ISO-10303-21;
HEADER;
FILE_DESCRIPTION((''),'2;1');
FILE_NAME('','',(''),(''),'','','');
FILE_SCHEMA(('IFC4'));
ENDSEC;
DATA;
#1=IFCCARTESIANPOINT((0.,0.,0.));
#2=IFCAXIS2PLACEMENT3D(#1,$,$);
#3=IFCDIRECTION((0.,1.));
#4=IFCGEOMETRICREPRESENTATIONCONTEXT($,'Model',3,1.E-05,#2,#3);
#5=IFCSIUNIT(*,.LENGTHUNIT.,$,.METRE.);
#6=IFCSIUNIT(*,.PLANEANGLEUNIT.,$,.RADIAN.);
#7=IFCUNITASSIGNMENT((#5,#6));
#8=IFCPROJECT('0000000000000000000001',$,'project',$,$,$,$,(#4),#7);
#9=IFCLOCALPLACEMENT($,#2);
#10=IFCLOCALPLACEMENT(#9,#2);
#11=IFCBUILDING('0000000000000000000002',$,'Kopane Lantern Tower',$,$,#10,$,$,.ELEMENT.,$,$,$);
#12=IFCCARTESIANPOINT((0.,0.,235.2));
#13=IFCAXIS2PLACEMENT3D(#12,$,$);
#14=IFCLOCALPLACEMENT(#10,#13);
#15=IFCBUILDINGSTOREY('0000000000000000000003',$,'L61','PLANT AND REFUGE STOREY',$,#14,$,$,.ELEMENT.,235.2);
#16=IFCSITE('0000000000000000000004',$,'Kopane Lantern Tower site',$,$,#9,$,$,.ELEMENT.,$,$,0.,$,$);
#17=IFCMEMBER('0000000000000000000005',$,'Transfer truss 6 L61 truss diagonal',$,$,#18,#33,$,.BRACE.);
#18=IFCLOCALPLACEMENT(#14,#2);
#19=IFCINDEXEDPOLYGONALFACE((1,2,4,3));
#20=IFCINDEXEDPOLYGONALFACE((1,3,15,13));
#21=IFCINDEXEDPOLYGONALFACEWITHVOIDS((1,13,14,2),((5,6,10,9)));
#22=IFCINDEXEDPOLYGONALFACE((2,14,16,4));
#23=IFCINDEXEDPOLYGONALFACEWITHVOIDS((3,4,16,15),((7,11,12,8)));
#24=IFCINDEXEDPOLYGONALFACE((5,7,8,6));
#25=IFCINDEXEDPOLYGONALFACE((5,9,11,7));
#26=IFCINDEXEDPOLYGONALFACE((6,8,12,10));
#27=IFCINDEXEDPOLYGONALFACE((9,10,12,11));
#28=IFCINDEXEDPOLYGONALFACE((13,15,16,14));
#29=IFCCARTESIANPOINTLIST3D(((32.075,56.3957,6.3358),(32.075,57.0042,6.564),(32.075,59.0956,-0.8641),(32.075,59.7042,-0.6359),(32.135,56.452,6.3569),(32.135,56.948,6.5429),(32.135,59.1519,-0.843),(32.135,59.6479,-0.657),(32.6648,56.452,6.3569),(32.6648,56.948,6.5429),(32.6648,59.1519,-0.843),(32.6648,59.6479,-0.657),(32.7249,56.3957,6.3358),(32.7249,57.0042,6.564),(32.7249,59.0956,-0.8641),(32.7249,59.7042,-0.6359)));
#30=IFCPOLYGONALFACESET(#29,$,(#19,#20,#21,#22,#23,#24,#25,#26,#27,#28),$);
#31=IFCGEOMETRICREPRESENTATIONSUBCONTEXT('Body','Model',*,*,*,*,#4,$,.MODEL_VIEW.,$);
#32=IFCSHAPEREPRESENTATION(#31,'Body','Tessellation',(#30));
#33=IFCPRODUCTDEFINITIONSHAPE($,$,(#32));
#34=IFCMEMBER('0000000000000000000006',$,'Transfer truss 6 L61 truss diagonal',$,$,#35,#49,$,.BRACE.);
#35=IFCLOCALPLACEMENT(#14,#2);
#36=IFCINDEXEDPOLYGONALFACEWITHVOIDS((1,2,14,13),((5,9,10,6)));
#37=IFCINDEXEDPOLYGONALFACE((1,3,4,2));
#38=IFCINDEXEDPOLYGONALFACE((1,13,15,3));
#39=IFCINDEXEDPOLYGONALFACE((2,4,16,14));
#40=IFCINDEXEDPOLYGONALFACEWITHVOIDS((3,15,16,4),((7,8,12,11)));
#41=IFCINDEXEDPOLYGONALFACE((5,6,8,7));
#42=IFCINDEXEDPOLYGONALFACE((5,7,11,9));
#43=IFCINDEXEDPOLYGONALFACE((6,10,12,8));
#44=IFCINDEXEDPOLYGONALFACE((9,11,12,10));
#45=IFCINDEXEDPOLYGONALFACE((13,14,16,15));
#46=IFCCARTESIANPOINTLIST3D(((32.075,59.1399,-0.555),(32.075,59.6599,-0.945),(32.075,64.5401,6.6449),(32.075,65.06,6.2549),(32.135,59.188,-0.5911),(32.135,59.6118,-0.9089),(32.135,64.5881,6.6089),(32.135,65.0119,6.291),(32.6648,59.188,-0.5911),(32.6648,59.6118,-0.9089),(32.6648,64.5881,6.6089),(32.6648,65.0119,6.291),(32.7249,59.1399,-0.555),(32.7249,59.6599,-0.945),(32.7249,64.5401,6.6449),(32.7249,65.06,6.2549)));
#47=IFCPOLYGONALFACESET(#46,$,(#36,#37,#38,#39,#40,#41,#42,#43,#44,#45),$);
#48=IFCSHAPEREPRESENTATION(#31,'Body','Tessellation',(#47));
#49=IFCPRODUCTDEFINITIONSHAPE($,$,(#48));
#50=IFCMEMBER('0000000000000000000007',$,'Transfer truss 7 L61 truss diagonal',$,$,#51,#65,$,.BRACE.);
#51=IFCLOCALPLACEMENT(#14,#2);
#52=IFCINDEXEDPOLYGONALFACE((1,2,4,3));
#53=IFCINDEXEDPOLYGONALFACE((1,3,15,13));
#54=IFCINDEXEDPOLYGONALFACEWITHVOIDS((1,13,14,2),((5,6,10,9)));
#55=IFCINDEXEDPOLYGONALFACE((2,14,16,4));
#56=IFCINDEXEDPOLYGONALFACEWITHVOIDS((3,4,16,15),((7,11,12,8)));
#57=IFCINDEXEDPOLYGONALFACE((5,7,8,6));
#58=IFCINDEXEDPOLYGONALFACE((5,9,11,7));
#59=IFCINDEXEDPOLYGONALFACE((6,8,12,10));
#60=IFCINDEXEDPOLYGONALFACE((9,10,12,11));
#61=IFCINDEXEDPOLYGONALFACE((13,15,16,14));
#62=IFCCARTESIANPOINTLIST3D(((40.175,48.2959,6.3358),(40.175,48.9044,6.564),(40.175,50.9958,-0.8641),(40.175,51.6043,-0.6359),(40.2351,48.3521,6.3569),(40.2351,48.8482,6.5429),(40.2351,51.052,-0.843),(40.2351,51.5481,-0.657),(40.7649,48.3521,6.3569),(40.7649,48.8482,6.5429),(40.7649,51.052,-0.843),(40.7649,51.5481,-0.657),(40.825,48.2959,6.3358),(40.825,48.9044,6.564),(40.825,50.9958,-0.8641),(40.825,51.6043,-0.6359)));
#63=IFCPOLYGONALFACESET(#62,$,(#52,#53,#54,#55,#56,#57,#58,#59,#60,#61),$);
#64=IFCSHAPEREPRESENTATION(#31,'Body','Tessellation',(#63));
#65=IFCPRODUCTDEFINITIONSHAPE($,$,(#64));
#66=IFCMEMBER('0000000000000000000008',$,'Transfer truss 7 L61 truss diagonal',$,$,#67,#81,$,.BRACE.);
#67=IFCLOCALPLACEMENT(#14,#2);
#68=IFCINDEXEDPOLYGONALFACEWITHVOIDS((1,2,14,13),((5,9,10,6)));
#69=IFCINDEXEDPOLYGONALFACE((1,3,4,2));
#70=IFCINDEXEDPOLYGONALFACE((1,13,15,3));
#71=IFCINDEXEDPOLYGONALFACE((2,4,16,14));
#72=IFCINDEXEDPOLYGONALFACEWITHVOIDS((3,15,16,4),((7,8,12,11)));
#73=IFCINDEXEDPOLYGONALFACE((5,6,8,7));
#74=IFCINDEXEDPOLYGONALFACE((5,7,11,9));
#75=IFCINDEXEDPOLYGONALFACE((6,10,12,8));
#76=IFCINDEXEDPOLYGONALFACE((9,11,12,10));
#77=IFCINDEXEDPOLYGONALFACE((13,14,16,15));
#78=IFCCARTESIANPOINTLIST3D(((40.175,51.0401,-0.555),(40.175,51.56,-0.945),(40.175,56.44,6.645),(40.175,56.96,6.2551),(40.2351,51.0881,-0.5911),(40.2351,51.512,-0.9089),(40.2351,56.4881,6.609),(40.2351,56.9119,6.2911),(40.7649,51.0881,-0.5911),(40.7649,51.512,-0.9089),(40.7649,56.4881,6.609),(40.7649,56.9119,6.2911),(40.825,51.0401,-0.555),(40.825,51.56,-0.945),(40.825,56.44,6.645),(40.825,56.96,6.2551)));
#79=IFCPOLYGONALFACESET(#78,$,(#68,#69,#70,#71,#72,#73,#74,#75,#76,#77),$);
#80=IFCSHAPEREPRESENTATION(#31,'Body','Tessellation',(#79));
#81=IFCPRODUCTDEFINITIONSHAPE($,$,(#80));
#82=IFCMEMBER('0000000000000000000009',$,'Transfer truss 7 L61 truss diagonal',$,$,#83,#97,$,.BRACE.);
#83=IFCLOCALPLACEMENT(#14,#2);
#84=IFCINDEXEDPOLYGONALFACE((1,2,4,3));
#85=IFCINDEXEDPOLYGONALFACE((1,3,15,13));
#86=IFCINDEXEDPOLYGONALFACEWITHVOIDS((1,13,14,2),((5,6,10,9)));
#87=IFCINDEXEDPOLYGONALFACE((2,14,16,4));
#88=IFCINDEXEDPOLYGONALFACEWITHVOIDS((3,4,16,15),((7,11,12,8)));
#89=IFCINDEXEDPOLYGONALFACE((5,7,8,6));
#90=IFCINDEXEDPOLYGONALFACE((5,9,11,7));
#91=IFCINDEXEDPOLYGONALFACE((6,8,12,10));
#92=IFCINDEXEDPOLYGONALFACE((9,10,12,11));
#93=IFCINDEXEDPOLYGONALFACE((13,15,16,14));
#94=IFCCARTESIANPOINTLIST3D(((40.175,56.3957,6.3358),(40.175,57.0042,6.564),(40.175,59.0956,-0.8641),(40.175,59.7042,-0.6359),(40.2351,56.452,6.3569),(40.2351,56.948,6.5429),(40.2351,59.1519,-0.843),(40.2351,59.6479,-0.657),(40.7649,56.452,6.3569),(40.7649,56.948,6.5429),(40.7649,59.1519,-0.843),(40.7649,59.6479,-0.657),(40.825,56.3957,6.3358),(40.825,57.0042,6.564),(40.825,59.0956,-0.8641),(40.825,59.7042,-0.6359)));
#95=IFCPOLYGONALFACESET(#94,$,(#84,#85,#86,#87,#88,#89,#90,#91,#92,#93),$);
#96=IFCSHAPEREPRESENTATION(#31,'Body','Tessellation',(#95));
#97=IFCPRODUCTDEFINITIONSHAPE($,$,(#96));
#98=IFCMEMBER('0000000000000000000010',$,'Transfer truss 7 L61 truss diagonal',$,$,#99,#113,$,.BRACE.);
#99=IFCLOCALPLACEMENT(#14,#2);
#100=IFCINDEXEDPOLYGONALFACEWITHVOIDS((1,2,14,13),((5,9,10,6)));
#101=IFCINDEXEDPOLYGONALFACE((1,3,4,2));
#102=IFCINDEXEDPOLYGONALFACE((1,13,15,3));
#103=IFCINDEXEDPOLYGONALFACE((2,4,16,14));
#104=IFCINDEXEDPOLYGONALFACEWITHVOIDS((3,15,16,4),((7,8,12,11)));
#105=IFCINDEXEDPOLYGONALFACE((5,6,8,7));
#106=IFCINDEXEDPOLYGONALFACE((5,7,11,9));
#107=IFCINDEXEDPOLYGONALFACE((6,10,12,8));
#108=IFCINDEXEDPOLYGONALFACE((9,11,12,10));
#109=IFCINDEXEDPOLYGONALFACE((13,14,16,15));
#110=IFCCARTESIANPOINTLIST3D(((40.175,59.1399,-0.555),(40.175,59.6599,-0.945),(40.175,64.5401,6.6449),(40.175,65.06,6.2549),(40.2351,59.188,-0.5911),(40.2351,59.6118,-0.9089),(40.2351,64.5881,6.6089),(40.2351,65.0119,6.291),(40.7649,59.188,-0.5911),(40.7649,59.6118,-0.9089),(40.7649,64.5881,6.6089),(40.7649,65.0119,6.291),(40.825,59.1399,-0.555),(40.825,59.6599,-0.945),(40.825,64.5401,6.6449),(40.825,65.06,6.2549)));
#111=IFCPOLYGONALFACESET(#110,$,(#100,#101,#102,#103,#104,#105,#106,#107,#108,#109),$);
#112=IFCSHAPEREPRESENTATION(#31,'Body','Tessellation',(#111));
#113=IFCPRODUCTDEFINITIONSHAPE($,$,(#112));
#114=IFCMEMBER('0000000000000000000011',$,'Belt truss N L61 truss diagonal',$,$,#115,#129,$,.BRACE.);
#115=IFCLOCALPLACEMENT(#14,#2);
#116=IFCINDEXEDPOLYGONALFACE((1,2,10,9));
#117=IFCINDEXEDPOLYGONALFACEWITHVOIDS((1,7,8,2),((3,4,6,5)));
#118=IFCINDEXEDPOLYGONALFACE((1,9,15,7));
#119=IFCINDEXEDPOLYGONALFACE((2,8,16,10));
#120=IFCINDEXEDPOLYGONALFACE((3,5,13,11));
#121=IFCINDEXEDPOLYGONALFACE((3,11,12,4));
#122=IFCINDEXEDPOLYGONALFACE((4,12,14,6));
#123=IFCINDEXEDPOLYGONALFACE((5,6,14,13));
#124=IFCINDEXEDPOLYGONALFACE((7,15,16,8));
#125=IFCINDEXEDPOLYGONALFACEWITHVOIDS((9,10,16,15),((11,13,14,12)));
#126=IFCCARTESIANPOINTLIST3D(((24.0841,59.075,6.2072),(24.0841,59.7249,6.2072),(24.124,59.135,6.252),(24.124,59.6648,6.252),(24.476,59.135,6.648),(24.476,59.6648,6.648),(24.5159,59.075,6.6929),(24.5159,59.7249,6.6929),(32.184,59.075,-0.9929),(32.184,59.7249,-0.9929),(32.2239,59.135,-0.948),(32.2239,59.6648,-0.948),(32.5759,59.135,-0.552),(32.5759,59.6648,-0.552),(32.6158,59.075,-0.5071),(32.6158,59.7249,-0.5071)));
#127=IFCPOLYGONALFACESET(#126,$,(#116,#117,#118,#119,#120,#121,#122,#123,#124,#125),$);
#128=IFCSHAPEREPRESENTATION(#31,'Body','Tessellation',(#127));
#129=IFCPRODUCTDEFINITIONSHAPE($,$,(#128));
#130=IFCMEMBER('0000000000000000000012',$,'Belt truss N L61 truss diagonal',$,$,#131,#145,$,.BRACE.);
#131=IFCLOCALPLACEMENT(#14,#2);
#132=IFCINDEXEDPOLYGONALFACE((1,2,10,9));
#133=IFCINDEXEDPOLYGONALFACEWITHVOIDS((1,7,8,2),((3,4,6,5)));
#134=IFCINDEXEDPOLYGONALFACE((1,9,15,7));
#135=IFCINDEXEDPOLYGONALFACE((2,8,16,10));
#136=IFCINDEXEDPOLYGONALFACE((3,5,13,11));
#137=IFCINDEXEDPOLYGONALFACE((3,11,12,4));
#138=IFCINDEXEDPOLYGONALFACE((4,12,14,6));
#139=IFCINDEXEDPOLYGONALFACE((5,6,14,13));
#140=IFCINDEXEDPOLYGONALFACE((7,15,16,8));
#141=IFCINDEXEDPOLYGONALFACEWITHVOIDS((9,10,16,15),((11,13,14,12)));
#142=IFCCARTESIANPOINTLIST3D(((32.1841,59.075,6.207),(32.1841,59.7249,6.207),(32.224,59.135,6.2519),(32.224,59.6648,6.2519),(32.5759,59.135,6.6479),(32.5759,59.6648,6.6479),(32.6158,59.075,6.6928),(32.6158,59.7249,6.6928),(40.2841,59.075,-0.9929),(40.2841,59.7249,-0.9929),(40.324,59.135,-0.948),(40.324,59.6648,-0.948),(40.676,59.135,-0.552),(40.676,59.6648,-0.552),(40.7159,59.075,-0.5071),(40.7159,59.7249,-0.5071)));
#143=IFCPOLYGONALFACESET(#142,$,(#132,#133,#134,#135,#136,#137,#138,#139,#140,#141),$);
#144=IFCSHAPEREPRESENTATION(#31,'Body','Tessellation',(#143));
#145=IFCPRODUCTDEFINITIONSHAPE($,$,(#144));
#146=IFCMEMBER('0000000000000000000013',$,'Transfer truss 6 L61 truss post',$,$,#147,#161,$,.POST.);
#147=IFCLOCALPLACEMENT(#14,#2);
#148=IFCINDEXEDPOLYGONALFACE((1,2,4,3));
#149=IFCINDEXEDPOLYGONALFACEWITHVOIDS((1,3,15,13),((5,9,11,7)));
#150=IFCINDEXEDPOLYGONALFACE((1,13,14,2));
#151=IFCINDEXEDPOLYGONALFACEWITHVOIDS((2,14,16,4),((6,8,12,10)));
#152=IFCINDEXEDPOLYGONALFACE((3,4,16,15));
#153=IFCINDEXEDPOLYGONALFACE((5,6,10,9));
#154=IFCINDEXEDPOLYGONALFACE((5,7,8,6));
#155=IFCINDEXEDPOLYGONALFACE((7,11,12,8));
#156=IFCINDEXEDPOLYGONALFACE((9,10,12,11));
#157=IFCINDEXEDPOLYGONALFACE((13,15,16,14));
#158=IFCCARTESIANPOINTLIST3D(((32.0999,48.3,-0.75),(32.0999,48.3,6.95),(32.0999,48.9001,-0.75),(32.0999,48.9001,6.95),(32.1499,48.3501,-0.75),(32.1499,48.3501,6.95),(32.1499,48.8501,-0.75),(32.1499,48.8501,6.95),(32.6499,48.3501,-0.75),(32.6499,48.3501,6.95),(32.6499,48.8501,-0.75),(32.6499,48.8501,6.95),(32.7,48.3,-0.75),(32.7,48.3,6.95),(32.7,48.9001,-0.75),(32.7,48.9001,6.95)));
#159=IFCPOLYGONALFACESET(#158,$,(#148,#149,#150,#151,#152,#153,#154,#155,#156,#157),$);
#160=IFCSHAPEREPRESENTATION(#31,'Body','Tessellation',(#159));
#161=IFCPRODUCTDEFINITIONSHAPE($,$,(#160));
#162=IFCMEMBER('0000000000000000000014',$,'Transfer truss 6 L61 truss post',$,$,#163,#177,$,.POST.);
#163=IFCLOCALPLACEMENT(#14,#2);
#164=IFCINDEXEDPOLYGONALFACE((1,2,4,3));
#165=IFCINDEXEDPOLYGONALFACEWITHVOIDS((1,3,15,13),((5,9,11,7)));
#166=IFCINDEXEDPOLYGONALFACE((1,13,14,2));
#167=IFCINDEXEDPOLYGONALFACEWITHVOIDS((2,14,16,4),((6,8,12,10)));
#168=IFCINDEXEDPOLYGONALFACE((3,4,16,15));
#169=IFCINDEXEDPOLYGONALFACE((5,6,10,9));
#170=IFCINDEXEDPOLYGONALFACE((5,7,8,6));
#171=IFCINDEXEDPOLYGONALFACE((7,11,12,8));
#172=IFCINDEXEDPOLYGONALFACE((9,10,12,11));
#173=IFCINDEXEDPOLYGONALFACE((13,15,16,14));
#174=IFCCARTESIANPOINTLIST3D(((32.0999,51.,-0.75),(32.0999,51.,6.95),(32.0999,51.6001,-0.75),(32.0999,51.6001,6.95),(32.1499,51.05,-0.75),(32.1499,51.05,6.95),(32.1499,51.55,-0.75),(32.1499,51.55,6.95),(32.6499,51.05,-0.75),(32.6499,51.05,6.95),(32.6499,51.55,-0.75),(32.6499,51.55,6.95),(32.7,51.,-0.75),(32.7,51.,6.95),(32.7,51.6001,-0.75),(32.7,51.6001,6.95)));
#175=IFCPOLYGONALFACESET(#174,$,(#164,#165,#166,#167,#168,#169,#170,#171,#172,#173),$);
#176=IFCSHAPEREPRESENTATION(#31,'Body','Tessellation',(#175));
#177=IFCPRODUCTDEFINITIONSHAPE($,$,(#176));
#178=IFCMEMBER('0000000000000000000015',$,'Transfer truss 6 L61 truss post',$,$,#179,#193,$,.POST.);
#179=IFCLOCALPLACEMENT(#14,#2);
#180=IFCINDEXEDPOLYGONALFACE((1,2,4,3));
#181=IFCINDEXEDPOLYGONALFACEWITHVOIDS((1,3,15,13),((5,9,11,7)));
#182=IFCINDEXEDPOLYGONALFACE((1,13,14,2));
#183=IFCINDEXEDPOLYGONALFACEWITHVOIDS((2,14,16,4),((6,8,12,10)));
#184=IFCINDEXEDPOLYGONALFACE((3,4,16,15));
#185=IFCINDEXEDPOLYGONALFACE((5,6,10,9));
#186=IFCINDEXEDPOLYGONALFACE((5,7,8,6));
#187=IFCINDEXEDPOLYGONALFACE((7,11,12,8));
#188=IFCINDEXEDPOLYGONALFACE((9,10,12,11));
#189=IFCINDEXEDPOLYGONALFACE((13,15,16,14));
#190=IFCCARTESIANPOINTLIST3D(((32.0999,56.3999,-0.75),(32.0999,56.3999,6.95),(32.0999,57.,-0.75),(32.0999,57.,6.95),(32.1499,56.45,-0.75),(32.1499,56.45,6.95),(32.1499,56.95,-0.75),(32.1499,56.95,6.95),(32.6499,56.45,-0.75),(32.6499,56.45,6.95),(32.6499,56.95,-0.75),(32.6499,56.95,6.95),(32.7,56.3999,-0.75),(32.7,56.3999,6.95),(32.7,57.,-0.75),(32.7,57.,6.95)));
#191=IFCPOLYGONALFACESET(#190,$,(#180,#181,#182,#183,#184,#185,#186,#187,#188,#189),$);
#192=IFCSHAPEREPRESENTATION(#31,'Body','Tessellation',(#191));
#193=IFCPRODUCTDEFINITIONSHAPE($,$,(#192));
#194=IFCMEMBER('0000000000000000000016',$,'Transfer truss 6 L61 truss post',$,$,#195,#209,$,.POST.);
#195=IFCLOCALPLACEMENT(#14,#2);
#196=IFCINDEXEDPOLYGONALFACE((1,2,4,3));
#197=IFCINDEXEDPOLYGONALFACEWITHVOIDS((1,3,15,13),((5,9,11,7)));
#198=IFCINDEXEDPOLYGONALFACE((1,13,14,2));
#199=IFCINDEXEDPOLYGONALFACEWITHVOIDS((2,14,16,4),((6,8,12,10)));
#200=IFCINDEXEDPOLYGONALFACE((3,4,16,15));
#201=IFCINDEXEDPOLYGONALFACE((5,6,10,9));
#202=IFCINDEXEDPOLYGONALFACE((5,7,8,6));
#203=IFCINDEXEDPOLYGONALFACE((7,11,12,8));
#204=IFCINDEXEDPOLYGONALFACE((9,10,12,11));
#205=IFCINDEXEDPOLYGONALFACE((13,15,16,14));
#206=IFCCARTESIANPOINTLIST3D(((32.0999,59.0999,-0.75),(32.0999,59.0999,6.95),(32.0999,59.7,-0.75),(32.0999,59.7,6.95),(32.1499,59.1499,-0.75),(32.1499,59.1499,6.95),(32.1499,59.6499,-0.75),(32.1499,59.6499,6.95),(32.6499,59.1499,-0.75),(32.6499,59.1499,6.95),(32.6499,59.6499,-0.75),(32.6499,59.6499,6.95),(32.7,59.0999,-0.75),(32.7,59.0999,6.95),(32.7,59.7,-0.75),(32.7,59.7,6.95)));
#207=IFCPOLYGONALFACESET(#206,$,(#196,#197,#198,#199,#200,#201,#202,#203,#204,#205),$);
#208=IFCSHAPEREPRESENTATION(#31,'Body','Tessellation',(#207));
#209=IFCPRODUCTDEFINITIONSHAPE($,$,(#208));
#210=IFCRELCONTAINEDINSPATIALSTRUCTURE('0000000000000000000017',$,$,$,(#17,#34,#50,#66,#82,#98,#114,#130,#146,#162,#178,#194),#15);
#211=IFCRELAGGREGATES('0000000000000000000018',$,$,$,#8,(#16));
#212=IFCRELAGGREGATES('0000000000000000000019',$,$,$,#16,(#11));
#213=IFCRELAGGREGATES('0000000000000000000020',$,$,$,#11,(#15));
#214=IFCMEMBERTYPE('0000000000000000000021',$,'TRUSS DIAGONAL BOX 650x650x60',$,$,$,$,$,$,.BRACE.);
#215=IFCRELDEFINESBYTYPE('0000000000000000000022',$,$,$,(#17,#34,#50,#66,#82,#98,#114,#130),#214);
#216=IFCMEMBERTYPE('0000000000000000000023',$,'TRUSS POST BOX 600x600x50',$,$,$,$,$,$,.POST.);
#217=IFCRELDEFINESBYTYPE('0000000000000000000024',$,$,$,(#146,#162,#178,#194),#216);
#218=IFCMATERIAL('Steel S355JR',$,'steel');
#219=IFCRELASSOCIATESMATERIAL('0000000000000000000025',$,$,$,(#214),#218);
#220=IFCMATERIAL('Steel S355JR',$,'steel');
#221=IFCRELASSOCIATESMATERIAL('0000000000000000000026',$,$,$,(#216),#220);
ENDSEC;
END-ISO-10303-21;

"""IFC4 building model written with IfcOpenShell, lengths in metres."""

from ifc_helpers import new_model, si_unit, direction, frame, origin, origin_2d, place, context, subcontext, project, spatial, hollow_rectangle, extrude, material, material_profile, profile_set, type_object, element, save


model = new_model("IFC4")

# Units and contexts
model_context = context("Model", 3, precision=1e-05, world=origin(), true_north=direction((0.0, 1.0)))
body_context = subcontext(model_context, "Body", "Model", "MODEL_VIEW")
ifc_project = project(units=[si_unit("LENGTHUNIT", "METRE"), si_unit("PLANEANGLEUNIT", "RADIAN")], contexts=[model_context])

# Site, building, storey
site_placement = place(None, origin())
site = spatial("IfcSite", under=ifc_project, at=site_placement, Name="Kopane Lantern Tower site", CompositionType="ELEMENT", RefElevation=0.0)
building_placement = place(site_placement, origin())
building = spatial("IfcBuilding", under=site, at=building_placement, Name="Kopane Lantern Tower", CompositionType="ELEMENT")
storey_placement = place(building_placement, frame((0.0, 0.0, 235.2)))
storey = spatial("IfcBuildingStorey", under=building, at=storey_placement, Name="L61", Description="PLANT AND REFUGE STOREY", CompositionType="ELEMENT", Elevation=235.2)

# Members
ifc_material_1 = material(Name="Steel S355JR", Category="steel")
ifc_material_profile_1 = material_profile(ifc_material_1, hollow_rectangle(XDim=0.6499, YDim=0.6499, WallThickness=0.0601, at=origin_2d()), Name="BOX 650x650x60")
ifc_profile_set_1 = profile_set([ifc_material_profile_1], Name="Steel S355JR")
member_type_1 = type_object("IfcMemberType", Name="TRUSS DIAGONAL BOX 650x650x60", PredefinedType="BRACE", material=ifc_profile_set_1)
member_1_placement = place(storey_placement, frame((32.3999, 59.3999, -0.75), z_axis=(0.0, -0.35112, 0.93633), x_axis=(1.0, 0.0, 0.0)))
element("IfcMember", 1, at=member_1_placement, inside=storey, type_object=member_type_1, Name="Transfer truss 6 L61 truss diagonal", PredefinedType="BRACE", context=body_context, shape_type="SweptSolid", body=[
    extrude(hollow_rectangle(XDim=0.6499, YDim=0.6499, WallThickness=0.0601, at=origin_2d()), origin(), (0.0, 0.0, 1.0), 7.6895),
])
member_2_placement = place(storey_placement, frame((32.3999, 59.3999, -0.75), z_axis=(0.0, 0.600013, 0.79999), x_axis=(-1.0, 0.0, 0.0)))
element("IfcMember", 2, at=member_2_placement, inside=storey, type_object=member_type_1, Name="Transfer truss 6 L61 truss diagonal", PredefinedType="BRACE", context=body_context, shape_type="SweptSolid", body=[
    extrude(hollow_rectangle(XDim=0.6499, YDim=0.6499, WallThickness=0.0601, at=origin_2d()), origin(), (0.0, 0.0, 1.0), 9.0),
])
member_3_placement = place(storey_placement, frame((40.5, 51.3, -0.75), z_axis=(0.0, -0.35112, 0.93633), x_axis=(1.0, 0.0, 0.0)))
element("IfcMember", 3, at=member_3_placement, inside=storey, type_object=member_type_1, Name="Transfer truss 7 L61 truss diagonal", PredefinedType="BRACE", context=body_context, shape_type="SweptSolid", body=[
    extrude(hollow_rectangle(XDim=0.6499, YDim=0.6499, WallThickness=0.0601, at=origin_2d()), origin(), (0.0, 0.0, 1.0), 7.6895),
])
member_4_placement = place(storey_placement, frame((40.5, 51.3, -0.75), z_axis=(0.0, 0.599996, 0.800003), x_axis=(-1.0, 0.0, 0.0)))
element("IfcMember", 4, at=member_4_placement, inside=storey, type_object=member_type_1, Name="Transfer truss 7 L61 truss diagonal", PredefinedType="BRACE", context=body_context, shape_type="SweptSolid", body=[
    extrude(hollow_rectangle(XDim=0.6499, YDim=0.6499, WallThickness=0.0601, at=origin_2d()), origin(), (0.0, 0.0, 1.0), 9.0),
])
member_5_placement = place(storey_placement, frame((40.5, 59.3999, -0.75), z_axis=(0.0, -0.35112, 0.93633), x_axis=(1.0, 0.0, 0.0)))
element("IfcMember", 5, at=member_5_placement, inside=storey, type_object=member_type_1, Name="Transfer truss 7 L61 truss diagonal", PredefinedType="BRACE", context=body_context, shape_type="SweptSolid", body=[
    extrude(hollow_rectangle(XDim=0.6499, YDim=0.6499, WallThickness=0.0601, at=origin_2d()), origin(), (0.0, 0.0, 1.0), 7.6895),
])
member_6_placement = place(storey_placement, frame((40.5, 59.3999, -0.75), z_axis=(0.0, 0.600013, 0.79999), x_axis=(-1.0, 0.0, 0.0)))
element("IfcMember", 6, at=member_6_placement, inside=storey, type_object=member_type_1, Name="Transfer truss 7 L61 truss diagonal", PredefinedType="BRACE", context=body_context, shape_type="SweptSolid", body=[
    extrude(hollow_rectangle(XDim=0.6499, YDim=0.6499, WallThickness=0.0601, at=origin_2d()), origin(), (0.0, 0.0, 1.0), 9.0),
])
for number, where, z_axis, x_axis, name in (
    (7, (32.3999, 59.3999, -0.75), (-0.747406, 0.0, 0.664368), (0.0, -1.0, 0.0), "Belt truss N L61 truss diagonal"),
    (8, (40.5, 59.3999, -0.75), (-0.747416, 0.0, 0.664357), (0.0, -1.0, 0.0), "Belt truss N L61 truss diagonal"),
):
    element("IfcMember", number, at=place(storey_placement, frame(where, z_axis=z_axis, x_axis=x_axis)), inside=storey, type_object=member_type_1, Name=name, PredefinedType="BRACE", context=body_context, shape_type="SweptSolid", body=[
        extrude(hollow_rectangle(XDim=0.6499, YDim=0.6499, WallThickness=0.0601, at=origin_2d()), origin(), (0.0, 0.0, 1.0), 10.8374),
    ])
ifc_material_2 = material(Name="Steel S355JR", Category="steel")
ifc_material_profile_2 = material_profile(ifc_material_2, hollow_rectangle(XDim=0.6001, YDim=0.6001, WallThickness=0.05, at=origin_2d()), Name="BOX 600x600x50")
ifc_profile_set_2 = profile_set([ifc_material_profile_2], Name="Steel S355JR")
member_type_2 = type_object("IfcMemberType", Name="TRUSS POST BOX 600x600x50", PredefinedType="POST", material=ifc_profile_set_2)
for number, where, z_axis, x_axis, name in (
    (9, (32.3999, 48.6001, -0.75), (0.0, 0.0, 1.0), (1.0, 0.0, 0.0), "Transfer truss 6 L61 truss post"),
    (10, (32.3999, 51.3, -0.75), (0.0, 0.0, 1.0), (1.0, 0.0, 0.0), "Transfer truss 6 L61 truss post"),
    (11, (32.3999, 56.7, -0.75), (0.0, 0.0, 1.0), (1.0, 0.0, 0.0), "Transfer truss 6 L61 truss post"),
    (12, (32.3999, 59.3999, -0.75), (0.0, 0.0, 1.0), (1.0, 0.0, 0.0), "Transfer truss 6 L61 truss post"),
):
    element("IfcMember", number, at=place(storey_placement, frame(where, z_axis=z_axis, x_axis=x_axis)), inside=storey, type_object=member_type_2, Name=name, PredefinedType="POST", context=body_context, shape_type="SweptSolid", body=[
        extrude(hollow_rectangle(XDim=0.6001, YDim=0.6001, WallThickness=0.05, at=origin_2d()), origin(), (0.0, 0.0, 1.0), 7.7),
    ])

save(model, "model.ifc")
